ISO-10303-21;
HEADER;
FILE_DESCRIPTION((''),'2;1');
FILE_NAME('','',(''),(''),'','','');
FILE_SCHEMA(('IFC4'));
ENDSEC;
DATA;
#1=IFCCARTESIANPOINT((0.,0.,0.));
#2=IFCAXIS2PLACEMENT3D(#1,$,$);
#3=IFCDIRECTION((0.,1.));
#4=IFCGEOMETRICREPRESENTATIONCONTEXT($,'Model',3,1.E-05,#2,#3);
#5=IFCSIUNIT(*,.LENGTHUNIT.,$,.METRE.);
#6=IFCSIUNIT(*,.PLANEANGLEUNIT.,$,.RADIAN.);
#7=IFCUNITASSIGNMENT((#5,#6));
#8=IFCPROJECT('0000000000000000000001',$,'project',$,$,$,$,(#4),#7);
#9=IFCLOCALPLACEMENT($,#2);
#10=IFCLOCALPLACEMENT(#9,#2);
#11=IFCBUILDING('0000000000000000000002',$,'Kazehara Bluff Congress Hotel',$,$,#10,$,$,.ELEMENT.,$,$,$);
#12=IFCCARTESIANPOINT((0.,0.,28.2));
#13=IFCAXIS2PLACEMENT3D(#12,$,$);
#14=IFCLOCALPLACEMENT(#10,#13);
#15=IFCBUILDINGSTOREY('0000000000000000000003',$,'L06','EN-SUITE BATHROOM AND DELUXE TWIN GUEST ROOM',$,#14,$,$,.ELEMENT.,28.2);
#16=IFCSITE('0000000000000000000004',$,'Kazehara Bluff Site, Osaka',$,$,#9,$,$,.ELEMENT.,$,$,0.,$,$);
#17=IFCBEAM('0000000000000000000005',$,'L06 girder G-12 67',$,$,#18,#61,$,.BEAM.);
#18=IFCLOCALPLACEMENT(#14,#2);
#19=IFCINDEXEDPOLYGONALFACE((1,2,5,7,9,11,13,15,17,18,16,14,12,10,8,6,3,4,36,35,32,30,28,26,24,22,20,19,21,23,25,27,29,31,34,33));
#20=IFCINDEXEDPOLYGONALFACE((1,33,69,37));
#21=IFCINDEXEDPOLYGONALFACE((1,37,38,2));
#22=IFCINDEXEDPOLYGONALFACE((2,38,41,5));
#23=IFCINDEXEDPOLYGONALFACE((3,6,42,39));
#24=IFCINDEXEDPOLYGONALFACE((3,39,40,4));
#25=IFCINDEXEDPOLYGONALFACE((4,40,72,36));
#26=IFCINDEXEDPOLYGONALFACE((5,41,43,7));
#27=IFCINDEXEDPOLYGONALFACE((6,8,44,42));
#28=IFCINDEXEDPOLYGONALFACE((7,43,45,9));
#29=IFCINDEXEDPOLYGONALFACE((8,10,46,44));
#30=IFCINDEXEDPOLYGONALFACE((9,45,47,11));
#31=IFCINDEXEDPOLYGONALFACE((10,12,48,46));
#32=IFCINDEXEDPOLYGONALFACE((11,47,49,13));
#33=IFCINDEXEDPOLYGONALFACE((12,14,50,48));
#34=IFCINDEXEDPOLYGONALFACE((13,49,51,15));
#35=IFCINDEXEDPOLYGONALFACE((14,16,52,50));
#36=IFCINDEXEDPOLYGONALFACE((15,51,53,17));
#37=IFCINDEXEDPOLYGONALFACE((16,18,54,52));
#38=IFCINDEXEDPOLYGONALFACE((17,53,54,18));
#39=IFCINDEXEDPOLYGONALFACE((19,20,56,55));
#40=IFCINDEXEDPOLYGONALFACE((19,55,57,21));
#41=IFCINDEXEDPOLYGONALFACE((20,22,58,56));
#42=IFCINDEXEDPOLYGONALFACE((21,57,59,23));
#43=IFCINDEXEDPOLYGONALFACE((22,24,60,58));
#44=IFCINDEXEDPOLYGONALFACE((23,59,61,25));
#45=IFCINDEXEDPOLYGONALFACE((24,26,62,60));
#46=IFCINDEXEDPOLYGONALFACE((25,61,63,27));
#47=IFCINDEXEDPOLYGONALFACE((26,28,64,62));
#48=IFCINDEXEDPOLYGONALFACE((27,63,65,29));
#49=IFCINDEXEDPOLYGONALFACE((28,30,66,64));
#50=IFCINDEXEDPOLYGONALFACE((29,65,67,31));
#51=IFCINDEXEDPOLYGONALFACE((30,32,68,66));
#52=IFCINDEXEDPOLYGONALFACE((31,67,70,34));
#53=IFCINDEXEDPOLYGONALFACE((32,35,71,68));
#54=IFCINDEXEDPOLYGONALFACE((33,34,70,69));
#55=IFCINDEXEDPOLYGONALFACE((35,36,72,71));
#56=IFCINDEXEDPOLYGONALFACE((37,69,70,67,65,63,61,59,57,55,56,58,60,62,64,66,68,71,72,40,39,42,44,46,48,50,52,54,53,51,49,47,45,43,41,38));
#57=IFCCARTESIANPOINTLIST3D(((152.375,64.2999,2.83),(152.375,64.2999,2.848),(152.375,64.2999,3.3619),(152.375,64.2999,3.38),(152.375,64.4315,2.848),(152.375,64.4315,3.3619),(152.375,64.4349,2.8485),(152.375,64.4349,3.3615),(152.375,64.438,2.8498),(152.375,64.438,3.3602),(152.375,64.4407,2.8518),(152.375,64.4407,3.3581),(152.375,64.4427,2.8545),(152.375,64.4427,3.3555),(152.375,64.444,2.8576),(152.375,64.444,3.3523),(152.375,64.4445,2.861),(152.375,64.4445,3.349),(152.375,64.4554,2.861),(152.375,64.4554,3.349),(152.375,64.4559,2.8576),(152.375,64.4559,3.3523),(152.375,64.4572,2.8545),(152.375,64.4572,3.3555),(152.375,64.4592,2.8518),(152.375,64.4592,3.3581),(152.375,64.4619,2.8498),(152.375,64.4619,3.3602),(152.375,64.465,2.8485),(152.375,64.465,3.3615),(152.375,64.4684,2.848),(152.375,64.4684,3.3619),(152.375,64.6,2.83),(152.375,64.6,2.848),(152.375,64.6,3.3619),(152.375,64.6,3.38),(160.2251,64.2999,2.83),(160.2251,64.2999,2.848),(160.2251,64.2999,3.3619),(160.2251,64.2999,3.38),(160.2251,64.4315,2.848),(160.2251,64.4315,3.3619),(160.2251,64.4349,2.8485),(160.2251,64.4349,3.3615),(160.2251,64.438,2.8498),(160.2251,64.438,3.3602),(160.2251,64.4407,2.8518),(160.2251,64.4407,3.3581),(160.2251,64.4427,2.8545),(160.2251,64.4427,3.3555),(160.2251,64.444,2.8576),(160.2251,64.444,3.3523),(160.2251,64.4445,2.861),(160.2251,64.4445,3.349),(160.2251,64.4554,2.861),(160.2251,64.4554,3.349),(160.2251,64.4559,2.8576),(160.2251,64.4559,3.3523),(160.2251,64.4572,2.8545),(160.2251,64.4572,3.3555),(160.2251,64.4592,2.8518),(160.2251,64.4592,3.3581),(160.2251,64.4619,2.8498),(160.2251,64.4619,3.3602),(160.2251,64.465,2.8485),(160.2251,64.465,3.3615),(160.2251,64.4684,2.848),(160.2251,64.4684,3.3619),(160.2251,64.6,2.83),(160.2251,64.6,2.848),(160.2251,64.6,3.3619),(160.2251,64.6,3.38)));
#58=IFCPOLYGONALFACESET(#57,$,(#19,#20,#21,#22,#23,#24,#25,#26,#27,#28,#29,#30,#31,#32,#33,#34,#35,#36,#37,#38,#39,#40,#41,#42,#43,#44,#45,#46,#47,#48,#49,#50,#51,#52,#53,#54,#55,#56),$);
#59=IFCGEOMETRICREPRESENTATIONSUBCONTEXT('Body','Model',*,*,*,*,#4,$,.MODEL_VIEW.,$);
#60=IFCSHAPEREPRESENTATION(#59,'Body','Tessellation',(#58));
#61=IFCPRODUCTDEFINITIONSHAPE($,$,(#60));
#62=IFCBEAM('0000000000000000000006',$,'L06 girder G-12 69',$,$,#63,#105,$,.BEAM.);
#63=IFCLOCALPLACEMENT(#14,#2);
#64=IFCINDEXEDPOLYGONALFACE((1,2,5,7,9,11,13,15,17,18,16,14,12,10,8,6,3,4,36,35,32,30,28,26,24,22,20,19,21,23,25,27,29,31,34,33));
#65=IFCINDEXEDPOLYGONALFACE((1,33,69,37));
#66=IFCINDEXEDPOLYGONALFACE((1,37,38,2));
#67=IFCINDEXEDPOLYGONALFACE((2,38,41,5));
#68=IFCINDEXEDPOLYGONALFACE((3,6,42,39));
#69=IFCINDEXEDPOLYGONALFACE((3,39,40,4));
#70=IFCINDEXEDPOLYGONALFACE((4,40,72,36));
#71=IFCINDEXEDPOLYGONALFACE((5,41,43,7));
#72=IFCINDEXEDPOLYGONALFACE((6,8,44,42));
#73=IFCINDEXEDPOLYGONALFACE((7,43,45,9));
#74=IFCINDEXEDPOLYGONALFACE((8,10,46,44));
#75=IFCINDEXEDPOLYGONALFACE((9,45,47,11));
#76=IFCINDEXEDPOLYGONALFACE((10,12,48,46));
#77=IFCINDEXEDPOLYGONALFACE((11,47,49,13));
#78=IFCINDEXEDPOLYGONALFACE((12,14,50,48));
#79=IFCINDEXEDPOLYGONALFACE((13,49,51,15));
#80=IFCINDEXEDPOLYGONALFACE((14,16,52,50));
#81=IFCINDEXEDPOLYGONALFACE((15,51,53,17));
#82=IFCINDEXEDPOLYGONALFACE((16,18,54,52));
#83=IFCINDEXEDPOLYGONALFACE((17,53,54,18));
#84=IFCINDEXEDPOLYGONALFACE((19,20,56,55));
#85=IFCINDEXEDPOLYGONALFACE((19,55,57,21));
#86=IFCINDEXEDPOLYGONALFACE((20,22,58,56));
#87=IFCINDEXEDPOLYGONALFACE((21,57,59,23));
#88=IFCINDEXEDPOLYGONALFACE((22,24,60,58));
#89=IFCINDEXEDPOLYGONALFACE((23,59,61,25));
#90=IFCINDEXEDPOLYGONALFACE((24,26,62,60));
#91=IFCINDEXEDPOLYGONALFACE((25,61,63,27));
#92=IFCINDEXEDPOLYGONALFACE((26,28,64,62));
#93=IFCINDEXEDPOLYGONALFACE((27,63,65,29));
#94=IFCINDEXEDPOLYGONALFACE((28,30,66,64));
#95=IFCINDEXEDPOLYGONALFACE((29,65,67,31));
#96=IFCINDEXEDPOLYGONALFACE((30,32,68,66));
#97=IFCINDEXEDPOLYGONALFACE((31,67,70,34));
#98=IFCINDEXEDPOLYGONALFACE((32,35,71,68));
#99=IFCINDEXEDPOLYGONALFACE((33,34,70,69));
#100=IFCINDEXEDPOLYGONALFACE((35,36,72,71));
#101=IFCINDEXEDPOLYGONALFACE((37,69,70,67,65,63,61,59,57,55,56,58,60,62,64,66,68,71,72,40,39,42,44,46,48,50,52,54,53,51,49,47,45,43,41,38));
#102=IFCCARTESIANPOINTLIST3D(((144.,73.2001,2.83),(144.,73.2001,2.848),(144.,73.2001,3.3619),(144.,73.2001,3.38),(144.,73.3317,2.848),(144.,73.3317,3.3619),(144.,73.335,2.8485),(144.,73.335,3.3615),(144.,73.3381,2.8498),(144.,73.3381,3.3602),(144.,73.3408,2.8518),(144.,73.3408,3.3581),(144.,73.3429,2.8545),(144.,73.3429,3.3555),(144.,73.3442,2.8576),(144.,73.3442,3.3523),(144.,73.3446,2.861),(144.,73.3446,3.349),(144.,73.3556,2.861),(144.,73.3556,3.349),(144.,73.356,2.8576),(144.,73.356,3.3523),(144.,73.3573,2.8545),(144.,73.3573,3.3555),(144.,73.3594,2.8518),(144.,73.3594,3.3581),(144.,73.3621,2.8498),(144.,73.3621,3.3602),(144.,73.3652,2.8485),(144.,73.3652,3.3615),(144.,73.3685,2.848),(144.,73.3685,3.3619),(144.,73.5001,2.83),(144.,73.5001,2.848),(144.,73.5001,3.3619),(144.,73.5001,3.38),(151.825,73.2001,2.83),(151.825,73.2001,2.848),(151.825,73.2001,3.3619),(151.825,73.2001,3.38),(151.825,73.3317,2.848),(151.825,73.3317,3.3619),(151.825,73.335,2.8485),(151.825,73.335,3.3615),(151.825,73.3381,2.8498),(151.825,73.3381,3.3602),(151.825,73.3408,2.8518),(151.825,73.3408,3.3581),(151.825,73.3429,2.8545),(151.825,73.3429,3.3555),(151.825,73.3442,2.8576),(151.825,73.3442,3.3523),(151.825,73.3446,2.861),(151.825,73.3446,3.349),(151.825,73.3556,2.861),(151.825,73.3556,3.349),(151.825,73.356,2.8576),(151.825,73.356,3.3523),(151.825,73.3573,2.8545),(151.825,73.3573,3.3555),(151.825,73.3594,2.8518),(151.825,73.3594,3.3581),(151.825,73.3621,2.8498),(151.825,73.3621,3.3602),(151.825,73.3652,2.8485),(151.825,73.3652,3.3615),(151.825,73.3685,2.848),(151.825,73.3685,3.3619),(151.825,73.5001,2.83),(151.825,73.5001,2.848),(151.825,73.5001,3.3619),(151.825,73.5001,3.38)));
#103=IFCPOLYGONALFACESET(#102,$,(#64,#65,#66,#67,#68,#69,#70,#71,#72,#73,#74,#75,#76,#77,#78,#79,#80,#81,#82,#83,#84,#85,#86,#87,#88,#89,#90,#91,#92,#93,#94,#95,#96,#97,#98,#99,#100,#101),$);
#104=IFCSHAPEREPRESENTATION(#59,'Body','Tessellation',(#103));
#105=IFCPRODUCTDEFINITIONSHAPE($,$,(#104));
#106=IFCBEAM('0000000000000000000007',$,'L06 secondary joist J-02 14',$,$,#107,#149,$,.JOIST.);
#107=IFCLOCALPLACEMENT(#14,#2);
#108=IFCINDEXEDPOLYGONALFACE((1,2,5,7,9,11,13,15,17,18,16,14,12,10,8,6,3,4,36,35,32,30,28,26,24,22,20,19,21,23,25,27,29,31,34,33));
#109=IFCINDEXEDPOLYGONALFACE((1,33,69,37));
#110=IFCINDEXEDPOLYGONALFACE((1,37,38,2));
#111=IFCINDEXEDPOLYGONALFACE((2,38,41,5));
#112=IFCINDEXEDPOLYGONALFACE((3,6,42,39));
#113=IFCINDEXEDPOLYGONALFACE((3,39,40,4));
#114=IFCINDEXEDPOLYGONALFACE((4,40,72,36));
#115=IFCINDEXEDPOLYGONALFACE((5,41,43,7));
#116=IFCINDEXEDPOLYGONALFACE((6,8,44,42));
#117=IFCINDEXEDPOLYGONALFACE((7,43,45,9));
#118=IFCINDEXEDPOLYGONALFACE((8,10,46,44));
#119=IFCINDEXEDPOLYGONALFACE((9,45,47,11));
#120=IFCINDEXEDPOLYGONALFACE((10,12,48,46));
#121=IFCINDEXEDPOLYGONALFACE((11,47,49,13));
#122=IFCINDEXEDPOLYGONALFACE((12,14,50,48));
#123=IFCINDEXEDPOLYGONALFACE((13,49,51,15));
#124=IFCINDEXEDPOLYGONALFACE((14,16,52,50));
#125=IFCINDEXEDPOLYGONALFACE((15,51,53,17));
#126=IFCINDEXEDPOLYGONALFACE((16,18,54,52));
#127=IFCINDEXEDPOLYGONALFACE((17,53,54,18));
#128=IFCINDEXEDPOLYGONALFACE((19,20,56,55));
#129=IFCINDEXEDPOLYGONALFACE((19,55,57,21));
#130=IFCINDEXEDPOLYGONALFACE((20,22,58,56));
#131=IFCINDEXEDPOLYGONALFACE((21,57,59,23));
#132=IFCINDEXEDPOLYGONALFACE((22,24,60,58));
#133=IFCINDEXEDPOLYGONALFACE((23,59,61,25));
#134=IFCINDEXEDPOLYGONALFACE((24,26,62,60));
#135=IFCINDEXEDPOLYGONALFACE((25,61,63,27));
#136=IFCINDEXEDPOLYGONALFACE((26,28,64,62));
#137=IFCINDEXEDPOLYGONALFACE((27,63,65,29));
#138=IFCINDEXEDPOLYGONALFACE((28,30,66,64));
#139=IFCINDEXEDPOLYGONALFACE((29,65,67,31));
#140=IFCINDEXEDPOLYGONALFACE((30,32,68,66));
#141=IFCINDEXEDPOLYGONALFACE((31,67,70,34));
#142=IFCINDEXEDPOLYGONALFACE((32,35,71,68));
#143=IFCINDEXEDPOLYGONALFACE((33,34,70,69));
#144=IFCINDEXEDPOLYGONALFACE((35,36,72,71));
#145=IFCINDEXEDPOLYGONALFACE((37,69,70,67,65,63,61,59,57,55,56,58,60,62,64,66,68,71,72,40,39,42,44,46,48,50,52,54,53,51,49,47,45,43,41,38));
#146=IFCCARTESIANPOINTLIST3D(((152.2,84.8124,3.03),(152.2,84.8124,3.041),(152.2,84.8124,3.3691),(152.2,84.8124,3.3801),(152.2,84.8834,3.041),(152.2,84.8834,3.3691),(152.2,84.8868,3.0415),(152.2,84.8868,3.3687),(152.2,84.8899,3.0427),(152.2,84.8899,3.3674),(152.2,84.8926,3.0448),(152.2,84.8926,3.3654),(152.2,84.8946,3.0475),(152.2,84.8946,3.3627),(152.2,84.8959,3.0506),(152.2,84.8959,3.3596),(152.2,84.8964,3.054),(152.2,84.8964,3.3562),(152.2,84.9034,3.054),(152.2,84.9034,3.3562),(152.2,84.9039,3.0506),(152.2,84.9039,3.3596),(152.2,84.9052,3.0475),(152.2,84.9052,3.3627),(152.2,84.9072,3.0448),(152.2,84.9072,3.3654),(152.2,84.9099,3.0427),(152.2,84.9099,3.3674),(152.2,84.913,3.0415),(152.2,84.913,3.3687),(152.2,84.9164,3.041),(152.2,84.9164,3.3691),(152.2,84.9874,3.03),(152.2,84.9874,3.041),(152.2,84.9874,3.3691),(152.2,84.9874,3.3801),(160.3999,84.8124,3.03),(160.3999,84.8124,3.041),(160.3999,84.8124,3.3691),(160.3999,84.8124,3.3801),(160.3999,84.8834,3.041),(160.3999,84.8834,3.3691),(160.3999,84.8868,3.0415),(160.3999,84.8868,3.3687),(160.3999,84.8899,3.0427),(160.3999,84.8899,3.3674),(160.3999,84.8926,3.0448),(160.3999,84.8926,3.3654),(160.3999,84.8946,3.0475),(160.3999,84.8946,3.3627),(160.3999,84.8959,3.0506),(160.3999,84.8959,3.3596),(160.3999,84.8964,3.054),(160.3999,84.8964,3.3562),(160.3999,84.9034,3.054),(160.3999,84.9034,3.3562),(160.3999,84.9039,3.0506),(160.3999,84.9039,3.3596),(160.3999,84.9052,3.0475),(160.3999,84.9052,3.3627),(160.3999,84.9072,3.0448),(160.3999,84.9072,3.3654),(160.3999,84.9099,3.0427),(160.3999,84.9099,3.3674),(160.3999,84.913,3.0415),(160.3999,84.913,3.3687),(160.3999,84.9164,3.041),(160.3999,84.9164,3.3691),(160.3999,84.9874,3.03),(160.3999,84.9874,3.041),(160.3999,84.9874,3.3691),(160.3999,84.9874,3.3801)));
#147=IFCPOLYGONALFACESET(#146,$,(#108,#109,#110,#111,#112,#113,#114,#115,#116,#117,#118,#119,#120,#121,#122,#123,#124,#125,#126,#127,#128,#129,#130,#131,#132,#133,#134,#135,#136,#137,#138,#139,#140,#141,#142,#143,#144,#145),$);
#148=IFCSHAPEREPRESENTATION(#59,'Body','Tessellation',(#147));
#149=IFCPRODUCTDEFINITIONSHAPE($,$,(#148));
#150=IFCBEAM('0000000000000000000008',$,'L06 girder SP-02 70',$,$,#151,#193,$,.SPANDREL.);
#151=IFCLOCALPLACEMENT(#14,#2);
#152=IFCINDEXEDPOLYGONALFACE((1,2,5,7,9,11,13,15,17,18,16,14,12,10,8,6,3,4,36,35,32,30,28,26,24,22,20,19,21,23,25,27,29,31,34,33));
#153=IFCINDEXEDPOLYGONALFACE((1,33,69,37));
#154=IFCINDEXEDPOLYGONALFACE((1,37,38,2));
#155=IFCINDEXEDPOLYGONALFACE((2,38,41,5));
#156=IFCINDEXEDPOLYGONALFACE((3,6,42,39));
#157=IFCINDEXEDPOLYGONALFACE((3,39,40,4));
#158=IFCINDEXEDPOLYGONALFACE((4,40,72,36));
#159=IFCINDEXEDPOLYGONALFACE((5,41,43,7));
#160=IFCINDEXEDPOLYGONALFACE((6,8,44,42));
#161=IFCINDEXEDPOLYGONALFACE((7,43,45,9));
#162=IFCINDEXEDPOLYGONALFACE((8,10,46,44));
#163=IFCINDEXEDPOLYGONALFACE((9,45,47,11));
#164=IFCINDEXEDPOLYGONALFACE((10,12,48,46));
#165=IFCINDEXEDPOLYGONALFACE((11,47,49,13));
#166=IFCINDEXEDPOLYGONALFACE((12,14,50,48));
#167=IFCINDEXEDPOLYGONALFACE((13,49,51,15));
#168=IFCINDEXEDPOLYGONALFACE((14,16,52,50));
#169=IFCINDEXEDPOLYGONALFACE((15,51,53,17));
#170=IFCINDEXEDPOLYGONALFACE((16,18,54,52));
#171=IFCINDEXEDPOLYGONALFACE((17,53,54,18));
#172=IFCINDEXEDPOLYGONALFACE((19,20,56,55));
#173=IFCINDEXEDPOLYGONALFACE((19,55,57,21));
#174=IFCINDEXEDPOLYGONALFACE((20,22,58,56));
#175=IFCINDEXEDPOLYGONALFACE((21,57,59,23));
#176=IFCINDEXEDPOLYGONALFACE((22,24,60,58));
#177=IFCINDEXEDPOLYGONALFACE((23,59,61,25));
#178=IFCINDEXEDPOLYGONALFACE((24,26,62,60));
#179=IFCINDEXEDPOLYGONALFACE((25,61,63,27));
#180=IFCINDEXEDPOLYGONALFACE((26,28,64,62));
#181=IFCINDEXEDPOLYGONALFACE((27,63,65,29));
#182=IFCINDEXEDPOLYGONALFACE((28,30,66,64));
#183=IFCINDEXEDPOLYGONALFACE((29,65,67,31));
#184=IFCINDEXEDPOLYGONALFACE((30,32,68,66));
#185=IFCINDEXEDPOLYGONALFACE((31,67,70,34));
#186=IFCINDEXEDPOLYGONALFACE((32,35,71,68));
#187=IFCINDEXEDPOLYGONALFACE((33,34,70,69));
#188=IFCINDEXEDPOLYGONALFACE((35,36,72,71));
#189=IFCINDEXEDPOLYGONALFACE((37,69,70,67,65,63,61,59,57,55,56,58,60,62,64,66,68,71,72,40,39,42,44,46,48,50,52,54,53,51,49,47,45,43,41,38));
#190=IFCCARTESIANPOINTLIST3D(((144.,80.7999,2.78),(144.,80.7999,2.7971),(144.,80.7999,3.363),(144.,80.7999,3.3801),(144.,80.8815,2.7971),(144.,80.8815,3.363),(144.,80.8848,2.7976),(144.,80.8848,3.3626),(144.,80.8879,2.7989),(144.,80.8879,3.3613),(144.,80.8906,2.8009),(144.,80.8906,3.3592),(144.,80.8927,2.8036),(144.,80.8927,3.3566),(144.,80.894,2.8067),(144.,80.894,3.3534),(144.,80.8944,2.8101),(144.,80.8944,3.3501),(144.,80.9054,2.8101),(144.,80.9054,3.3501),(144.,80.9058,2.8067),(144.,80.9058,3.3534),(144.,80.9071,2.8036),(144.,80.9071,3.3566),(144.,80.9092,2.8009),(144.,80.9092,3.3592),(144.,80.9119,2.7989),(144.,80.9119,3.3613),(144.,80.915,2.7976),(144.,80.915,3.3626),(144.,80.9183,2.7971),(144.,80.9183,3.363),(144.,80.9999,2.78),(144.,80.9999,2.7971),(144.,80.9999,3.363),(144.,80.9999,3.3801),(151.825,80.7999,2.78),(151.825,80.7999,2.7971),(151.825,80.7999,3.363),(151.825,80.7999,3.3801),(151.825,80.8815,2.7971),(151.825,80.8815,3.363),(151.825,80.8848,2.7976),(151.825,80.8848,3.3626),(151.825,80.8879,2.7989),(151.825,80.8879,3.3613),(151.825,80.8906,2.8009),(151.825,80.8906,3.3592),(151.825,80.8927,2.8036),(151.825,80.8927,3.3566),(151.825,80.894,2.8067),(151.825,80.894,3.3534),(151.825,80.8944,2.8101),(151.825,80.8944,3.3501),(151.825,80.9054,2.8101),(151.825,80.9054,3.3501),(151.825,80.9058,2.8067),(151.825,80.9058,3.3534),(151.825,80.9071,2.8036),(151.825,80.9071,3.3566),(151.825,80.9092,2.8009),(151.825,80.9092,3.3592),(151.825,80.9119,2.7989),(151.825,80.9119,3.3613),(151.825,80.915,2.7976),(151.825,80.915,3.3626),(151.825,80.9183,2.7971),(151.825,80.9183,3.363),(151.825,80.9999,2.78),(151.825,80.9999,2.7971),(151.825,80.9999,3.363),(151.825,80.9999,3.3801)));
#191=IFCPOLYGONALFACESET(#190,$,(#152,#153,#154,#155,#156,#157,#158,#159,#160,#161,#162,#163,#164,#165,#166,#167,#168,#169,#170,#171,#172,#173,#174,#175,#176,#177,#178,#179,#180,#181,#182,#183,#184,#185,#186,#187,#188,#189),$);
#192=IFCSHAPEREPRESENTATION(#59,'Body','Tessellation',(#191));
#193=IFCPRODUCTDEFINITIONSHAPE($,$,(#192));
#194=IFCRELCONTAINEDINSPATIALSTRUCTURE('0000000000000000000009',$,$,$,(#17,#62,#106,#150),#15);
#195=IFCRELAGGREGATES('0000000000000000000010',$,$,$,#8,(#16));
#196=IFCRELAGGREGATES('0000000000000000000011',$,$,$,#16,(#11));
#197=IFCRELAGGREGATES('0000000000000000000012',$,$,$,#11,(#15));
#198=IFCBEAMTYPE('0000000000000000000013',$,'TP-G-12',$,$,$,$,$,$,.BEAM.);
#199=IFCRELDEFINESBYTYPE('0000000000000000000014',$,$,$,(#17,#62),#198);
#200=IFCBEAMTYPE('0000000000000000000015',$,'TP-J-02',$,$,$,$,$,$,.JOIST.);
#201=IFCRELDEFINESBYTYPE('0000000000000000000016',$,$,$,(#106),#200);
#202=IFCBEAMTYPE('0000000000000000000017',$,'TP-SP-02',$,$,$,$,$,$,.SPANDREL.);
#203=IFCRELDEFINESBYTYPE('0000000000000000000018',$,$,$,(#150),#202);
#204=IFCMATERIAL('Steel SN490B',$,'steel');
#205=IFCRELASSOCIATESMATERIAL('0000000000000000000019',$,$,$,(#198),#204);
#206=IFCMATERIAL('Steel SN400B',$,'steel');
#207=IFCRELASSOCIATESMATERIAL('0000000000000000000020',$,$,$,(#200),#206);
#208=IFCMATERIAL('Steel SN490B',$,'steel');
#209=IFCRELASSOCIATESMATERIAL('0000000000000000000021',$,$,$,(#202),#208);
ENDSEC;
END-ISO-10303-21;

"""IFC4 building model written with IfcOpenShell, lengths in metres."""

from ifc_helpers import new_model, si_unit, direction, frame, origin, origin_2d, place, context, subcontext, project, spatial, i_section, extrude, material, material_profile, profile_set, type_object, element, save


model = new_model("IFC4")

# Units and contexts
model_context = context("Model", 3, precision=1e-05, world=origin(), true_north=direction((0.0, 1.0)))
body_context = subcontext(model_context, "Body", "Model", "MODEL_VIEW")
ifc_project = project(units=[si_unit("LENGTHUNIT", "METRE"), si_unit("PLANEANGLEUNIT", "RADIAN")], contexts=[model_context])

# Site, building, storey
site_placement = place(None, origin())
site = spatial("IfcSite", under=ifc_project, at=site_placement, Name="Kazehara Bluff Site, Osaka", CompositionType="ELEMENT", RefElevation=0.0)
building_placement = place(site_placement, origin())
building = spatial("IfcBuilding", under=site, at=building_placement, Name="Kazehara Bluff Congress Hotel", CompositionType="ELEMENT")
storey_placement = place(building_placement, frame((0.0, 0.0, 28.2)))
storey = spatial("IfcBuildingStorey", under=building, at=storey_placement, Name="L06", Description="EN-SUITE BATHROOM AND DELUXE TWIN GUEST ROOM", CompositionType="ELEMENT", Elevation=28.2)

# Beams
ifc_material_1 = material(Name="Steel SN490B", Category="steel")
ifc_material_profile_1 = material_profile(ifc_material_1, i_section(OverallWidth=0.3, OverallDepth=0.55, WebThickness=0.011, FlangeThickness=0.0181, FilletRadius=0.0129, at=origin_2d()))
ifc_profile_set_1 = profile_set([ifc_material_profile_1], Name="Steel SN490B")
beam_type_1 = type_object("IfcBeamType", Name="TP-G-12", PredefinedType="BEAM", material=ifc_profile_set_1)
beam_1_placement = place(storey_placement, frame((152.375, 64.45, 3.105), z_axis=(1.0, 0.0, 0.0), x_axis=(0.0, 1.0, 0.0)))
element("IfcBeam", 1, at=beam_1_placement, inside=storey, type_object=beam_type_1, Name="L06 girder G-12 67", PredefinedType="BEAM", context=body_context, shape_type="SweptSolid", body=[
    extrude(i_section(OverallWidth=0.3, OverallDepth=0.55, WebThickness=0.011, FlangeThickness=0.0181, FilletRadius=0.0129, at=origin_2d()), origin(), (0.0, 0.0, 1.0), 7.8501),
])
beam_2_placement = place(storey_placement, frame((144.0, 73.3501, 3.105), z_axis=(1.0, 0.0, 0.0), x_axis=(0.0, 1.0, 0.0)))
element("IfcBeam", 2, at=beam_2_placement, inside=storey, type_object=beam_type_1, Name="L06 girder G-12 69", PredefinedType="BEAM", context=body_context, shape_type="SweptSolid", body=[
    extrude(i_section(OverallWidth=0.3, OverallDepth=0.55, WebThickness=0.011, FlangeThickness=0.0181, FilletRadius=0.0129, at=origin_2d()), origin(), (0.0, 0.0, 1.0), 7.825),
])
ifc_material_2 = material(Name="Steel SN400B", Category="steel")
ifc_material_profile_2 = material_profile(ifc_material_2, i_section(OverallWidth=0.175, OverallDepth=0.3501, WebThickness=0.0071, FlangeThickness=0.011, FilletRadius=0.0129, at=origin_2d()))
ifc_profile_set_2 = profile_set([ifc_material_profile_2], Name="Steel SN400B")
beam_type_2 = type_object("IfcBeamType", Name="TP-J-02", PredefinedType="JOIST", material=ifc_profile_set_2)
beam_3_placement = place(storey_placement, frame((152.2, 84.8999, 3.2051), z_axis=(1.0, 0.0, 0.0), x_axis=(0.0, 1.0, 0.0)))
element("IfcBeam", 3, at=beam_3_placement, inside=storey, type_object=beam_type_2, Name="L06 secondary joist J-02 14", PredefinedType="JOIST", context=body_context, shape_type="SweptSolid", body=[
    extrude(i_section(OverallWidth=0.175, OverallDepth=0.3501, WebThickness=0.0071, FlangeThickness=0.011, FilletRadius=0.0129, at=origin_2d()), origin(), (0.0, 0.0, 1.0), 8.2),
])
ifc_material_3 = material(Name="Steel SN490B", Category="steel")
ifc_material_profile_3 = material_profile(ifc_material_3, i_section(OverallWidth=0.2, OverallDepth=0.6001, WebThickness=0.011, FlangeThickness=0.0171, FilletRadius=0.0129, at=origin_2d()))
ifc_profile_set_3 = profile_set([ifc_material_profile_3], Name="Steel SN490B")
beam_type_3 = type_object("IfcBeamType", Name="TP-SP-02", PredefinedType="SPANDREL", material=ifc_profile_set_3)
beam_4_placement = place(storey_placement, frame((144.0, 80.8999, 3.0801), z_axis=(1.0, 0.0, 0.0), x_axis=(0.0, 1.0, 0.0)))
element("IfcBeam", 4, at=beam_4_placement, inside=storey, type_object=beam_type_3, Name="L06 girder SP-02 70", PredefinedType="SPANDREL", context=body_context, shape_type="SweptSolid", body=[
    extrude(i_section(OverallWidth=0.2, OverallDepth=0.6001, WebThickness=0.011, FlangeThickness=0.0171, FilletRadius=0.0129, at=origin_2d()), origin(), (0.0, 0.0, 1.0), 7.825),
])

save(model, "model.ifc")
